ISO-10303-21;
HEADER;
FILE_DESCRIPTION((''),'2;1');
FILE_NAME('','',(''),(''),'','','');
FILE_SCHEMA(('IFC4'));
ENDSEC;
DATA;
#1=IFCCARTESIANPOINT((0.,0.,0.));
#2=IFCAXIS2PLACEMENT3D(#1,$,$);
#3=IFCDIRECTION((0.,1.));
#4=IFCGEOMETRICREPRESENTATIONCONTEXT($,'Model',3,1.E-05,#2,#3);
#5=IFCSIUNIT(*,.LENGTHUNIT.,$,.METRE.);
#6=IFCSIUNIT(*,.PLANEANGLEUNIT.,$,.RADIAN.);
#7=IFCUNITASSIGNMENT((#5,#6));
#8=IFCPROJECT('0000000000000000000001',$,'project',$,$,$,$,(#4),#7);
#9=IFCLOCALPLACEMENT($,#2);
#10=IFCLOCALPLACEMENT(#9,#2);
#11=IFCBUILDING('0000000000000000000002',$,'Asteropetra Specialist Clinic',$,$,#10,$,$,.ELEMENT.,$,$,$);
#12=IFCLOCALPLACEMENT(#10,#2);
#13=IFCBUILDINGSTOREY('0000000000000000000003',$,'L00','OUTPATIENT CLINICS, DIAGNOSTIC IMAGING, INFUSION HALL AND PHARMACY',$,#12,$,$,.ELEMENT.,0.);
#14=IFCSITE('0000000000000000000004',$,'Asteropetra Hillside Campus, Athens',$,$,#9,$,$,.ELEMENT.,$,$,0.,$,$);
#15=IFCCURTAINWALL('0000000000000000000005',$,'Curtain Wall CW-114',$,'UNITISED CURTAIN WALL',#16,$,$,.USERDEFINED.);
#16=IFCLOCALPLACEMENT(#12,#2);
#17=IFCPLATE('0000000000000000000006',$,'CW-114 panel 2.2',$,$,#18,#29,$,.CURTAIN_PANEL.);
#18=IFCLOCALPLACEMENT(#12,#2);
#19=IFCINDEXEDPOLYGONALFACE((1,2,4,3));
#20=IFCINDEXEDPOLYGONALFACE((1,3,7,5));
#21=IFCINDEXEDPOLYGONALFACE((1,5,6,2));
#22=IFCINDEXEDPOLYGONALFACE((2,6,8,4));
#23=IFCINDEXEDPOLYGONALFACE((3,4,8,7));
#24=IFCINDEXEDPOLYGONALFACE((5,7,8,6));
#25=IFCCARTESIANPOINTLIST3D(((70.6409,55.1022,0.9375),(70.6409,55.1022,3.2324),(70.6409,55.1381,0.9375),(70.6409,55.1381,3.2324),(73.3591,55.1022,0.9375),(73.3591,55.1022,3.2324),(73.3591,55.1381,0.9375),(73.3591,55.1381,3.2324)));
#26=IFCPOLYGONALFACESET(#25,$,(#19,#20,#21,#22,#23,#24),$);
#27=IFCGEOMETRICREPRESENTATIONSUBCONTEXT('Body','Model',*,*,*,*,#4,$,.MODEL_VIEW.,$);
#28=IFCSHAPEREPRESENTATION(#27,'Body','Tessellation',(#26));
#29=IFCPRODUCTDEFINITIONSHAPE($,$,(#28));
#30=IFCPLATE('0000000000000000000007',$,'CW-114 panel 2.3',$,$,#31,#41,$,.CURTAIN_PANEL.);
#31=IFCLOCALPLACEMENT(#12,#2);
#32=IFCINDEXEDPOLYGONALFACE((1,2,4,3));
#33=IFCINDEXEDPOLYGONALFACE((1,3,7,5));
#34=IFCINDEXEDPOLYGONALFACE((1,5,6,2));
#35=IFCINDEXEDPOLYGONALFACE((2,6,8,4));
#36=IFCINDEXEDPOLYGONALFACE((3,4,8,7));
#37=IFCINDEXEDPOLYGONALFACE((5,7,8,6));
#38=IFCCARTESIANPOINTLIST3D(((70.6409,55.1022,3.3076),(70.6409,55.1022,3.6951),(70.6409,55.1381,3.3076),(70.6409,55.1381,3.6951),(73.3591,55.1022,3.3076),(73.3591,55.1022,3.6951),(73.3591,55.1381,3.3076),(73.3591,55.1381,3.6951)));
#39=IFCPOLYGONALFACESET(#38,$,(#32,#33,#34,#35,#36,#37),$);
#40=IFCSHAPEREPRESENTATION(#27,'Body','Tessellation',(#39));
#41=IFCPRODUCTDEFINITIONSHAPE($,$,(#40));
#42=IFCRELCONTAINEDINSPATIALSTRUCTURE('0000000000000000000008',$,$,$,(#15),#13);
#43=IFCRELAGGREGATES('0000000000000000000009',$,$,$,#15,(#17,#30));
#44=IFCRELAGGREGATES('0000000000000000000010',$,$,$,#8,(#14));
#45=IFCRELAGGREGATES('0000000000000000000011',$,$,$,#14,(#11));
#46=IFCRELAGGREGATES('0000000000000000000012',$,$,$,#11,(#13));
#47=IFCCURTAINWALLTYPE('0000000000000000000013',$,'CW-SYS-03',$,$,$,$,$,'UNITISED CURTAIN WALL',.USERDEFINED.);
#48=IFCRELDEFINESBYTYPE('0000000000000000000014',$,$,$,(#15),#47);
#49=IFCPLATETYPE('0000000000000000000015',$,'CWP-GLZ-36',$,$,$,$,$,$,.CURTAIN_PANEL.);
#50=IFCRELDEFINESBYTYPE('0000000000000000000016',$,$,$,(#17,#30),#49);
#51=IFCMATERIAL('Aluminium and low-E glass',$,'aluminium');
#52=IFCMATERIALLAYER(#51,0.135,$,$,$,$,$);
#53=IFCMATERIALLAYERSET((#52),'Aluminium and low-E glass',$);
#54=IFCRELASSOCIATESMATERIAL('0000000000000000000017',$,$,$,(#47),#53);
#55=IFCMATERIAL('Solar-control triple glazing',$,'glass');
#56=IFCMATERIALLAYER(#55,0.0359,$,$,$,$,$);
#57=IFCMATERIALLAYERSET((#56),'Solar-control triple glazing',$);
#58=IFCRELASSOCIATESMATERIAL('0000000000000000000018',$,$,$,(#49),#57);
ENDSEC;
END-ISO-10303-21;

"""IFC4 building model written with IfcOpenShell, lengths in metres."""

from ifc_helpers import new_model, si_unit, direction, frame, origin, origin_2d, place, context, subcontext, project, spatial, rectangle, extrude, material, layer, layer_set, type_object, element, aggregate, save


model = new_model("IFC4")

# Units and contexts
model_context = context("Model", 3, precision=1e-05, world=origin(), true_north=direction((0.0, 1.0)))
body_context = subcontext(model_context, "Body", "Model", "MODEL_VIEW")
ifc_project = project(units=[si_unit("LENGTHUNIT", "METRE"), si_unit("PLANEANGLEUNIT", "RADIAN")], contexts=[model_context])

# Site, building, storey
site_placement = place(None, origin())
site = spatial("IfcSite", under=ifc_project, at=site_placement, Name="Asteropetra Hillside Campus, Athens", CompositionType="ELEMENT", RefElevation=0.0)
building_placement = place(site_placement, origin())
building = spatial("IfcBuilding", under=site, at=building_placement, Name="Asteropetra Specialist Clinic", CompositionType="ELEMENT")
storey_placement = place(building_placement, origin())
storey = spatial("IfcBuildingStorey", under=building, at=storey_placement, Name="L00", Description="OUTPATIENT CLINICS, DIAGNOSTIC IMAGING, INFUSION HALL AND PHARMACY", CompositionType="ELEMENT", Elevation=0.0)

# Curtain wall, plates
ifc_material_1 = material(Name="Aluminium and low-E glass", Category="aluminium")
ifc_layer_1 = layer(ifc_material_1, 0.135)
ifc_layer_set_1 = layer_set([ifc_layer_1], Name="Aluminium and low-E glass")
curtain_wall_type = type_object("IfcCurtainWallType", Name="CW-SYS-03", ElementType="UNITISED CURTAIN WALL", PredefinedType="USERDEFINED", material=ifc_layer_set_1)
curtain_wall_placement = place(storey_placement, origin())
curtain_wall = element("IfcCurtainWall", 1, at=curtain_wall_placement, inside=storey, type_object=curtain_wall_type, Name="Curtain Wall CW-114", ObjectType="UNITISED CURTAIN WALL", PredefinedType="USERDEFINED")
ifc_material_2 = material(Name="Solar-control triple glazing", Category="glass")
ifc_layer_2 = layer(ifc_material_2, 0.0359)
ifc_layer_set_2 = layer_set([ifc_layer_2], Name="Solar-control triple glazing")
plate_type = type_object("IfcPlateType", Name="CWP-GLZ-36", PredefinedType="CURTAIN_PANEL", material=ifc_layer_set_2)
plate_1_placement = place(storey_placement, frame((72.0, 55.1201, 0.9375), z_axis=(0.0, 0.0, 1.0), x_axis=(-1.0, 0.0, 0.0)))
plate_1 = element("IfcPlate", 2, at=plate_1_placement, type_object=plate_type, Name="CW-114 panel 2.2", PredefinedType="CURTAIN_PANEL", context=body_context, shape_type="SweptSolid", body=[
    extrude(rectangle(XDim=2.7183, YDim=0.0359, at=origin_2d()), origin(), (0.0, 0.0, 1.0), 2.2949),
])
plate_2_placement = place(storey_placement, frame((72.0, 55.1201, 3.3076), z_axis=(0.0, 0.0, 1.0), x_axis=(-1.0, 0.0, 0.0)))
plate_2 = element("IfcPlate", 3, at=plate_2_placement, type_object=plate_type, Name="CW-114 panel 2.3", PredefinedType="CURTAIN_PANEL", context=body_context, shape_type="SweptSolid", body=[
    extrude(rectangle(XDim=2.7183, YDim=0.0359, at=origin_2d()), origin(), (0.0, 0.0, 1.0), 0.3875),
])
aggregate(curtain_wall, [plate_1, plate_2])

save(model, "model.ifc")
